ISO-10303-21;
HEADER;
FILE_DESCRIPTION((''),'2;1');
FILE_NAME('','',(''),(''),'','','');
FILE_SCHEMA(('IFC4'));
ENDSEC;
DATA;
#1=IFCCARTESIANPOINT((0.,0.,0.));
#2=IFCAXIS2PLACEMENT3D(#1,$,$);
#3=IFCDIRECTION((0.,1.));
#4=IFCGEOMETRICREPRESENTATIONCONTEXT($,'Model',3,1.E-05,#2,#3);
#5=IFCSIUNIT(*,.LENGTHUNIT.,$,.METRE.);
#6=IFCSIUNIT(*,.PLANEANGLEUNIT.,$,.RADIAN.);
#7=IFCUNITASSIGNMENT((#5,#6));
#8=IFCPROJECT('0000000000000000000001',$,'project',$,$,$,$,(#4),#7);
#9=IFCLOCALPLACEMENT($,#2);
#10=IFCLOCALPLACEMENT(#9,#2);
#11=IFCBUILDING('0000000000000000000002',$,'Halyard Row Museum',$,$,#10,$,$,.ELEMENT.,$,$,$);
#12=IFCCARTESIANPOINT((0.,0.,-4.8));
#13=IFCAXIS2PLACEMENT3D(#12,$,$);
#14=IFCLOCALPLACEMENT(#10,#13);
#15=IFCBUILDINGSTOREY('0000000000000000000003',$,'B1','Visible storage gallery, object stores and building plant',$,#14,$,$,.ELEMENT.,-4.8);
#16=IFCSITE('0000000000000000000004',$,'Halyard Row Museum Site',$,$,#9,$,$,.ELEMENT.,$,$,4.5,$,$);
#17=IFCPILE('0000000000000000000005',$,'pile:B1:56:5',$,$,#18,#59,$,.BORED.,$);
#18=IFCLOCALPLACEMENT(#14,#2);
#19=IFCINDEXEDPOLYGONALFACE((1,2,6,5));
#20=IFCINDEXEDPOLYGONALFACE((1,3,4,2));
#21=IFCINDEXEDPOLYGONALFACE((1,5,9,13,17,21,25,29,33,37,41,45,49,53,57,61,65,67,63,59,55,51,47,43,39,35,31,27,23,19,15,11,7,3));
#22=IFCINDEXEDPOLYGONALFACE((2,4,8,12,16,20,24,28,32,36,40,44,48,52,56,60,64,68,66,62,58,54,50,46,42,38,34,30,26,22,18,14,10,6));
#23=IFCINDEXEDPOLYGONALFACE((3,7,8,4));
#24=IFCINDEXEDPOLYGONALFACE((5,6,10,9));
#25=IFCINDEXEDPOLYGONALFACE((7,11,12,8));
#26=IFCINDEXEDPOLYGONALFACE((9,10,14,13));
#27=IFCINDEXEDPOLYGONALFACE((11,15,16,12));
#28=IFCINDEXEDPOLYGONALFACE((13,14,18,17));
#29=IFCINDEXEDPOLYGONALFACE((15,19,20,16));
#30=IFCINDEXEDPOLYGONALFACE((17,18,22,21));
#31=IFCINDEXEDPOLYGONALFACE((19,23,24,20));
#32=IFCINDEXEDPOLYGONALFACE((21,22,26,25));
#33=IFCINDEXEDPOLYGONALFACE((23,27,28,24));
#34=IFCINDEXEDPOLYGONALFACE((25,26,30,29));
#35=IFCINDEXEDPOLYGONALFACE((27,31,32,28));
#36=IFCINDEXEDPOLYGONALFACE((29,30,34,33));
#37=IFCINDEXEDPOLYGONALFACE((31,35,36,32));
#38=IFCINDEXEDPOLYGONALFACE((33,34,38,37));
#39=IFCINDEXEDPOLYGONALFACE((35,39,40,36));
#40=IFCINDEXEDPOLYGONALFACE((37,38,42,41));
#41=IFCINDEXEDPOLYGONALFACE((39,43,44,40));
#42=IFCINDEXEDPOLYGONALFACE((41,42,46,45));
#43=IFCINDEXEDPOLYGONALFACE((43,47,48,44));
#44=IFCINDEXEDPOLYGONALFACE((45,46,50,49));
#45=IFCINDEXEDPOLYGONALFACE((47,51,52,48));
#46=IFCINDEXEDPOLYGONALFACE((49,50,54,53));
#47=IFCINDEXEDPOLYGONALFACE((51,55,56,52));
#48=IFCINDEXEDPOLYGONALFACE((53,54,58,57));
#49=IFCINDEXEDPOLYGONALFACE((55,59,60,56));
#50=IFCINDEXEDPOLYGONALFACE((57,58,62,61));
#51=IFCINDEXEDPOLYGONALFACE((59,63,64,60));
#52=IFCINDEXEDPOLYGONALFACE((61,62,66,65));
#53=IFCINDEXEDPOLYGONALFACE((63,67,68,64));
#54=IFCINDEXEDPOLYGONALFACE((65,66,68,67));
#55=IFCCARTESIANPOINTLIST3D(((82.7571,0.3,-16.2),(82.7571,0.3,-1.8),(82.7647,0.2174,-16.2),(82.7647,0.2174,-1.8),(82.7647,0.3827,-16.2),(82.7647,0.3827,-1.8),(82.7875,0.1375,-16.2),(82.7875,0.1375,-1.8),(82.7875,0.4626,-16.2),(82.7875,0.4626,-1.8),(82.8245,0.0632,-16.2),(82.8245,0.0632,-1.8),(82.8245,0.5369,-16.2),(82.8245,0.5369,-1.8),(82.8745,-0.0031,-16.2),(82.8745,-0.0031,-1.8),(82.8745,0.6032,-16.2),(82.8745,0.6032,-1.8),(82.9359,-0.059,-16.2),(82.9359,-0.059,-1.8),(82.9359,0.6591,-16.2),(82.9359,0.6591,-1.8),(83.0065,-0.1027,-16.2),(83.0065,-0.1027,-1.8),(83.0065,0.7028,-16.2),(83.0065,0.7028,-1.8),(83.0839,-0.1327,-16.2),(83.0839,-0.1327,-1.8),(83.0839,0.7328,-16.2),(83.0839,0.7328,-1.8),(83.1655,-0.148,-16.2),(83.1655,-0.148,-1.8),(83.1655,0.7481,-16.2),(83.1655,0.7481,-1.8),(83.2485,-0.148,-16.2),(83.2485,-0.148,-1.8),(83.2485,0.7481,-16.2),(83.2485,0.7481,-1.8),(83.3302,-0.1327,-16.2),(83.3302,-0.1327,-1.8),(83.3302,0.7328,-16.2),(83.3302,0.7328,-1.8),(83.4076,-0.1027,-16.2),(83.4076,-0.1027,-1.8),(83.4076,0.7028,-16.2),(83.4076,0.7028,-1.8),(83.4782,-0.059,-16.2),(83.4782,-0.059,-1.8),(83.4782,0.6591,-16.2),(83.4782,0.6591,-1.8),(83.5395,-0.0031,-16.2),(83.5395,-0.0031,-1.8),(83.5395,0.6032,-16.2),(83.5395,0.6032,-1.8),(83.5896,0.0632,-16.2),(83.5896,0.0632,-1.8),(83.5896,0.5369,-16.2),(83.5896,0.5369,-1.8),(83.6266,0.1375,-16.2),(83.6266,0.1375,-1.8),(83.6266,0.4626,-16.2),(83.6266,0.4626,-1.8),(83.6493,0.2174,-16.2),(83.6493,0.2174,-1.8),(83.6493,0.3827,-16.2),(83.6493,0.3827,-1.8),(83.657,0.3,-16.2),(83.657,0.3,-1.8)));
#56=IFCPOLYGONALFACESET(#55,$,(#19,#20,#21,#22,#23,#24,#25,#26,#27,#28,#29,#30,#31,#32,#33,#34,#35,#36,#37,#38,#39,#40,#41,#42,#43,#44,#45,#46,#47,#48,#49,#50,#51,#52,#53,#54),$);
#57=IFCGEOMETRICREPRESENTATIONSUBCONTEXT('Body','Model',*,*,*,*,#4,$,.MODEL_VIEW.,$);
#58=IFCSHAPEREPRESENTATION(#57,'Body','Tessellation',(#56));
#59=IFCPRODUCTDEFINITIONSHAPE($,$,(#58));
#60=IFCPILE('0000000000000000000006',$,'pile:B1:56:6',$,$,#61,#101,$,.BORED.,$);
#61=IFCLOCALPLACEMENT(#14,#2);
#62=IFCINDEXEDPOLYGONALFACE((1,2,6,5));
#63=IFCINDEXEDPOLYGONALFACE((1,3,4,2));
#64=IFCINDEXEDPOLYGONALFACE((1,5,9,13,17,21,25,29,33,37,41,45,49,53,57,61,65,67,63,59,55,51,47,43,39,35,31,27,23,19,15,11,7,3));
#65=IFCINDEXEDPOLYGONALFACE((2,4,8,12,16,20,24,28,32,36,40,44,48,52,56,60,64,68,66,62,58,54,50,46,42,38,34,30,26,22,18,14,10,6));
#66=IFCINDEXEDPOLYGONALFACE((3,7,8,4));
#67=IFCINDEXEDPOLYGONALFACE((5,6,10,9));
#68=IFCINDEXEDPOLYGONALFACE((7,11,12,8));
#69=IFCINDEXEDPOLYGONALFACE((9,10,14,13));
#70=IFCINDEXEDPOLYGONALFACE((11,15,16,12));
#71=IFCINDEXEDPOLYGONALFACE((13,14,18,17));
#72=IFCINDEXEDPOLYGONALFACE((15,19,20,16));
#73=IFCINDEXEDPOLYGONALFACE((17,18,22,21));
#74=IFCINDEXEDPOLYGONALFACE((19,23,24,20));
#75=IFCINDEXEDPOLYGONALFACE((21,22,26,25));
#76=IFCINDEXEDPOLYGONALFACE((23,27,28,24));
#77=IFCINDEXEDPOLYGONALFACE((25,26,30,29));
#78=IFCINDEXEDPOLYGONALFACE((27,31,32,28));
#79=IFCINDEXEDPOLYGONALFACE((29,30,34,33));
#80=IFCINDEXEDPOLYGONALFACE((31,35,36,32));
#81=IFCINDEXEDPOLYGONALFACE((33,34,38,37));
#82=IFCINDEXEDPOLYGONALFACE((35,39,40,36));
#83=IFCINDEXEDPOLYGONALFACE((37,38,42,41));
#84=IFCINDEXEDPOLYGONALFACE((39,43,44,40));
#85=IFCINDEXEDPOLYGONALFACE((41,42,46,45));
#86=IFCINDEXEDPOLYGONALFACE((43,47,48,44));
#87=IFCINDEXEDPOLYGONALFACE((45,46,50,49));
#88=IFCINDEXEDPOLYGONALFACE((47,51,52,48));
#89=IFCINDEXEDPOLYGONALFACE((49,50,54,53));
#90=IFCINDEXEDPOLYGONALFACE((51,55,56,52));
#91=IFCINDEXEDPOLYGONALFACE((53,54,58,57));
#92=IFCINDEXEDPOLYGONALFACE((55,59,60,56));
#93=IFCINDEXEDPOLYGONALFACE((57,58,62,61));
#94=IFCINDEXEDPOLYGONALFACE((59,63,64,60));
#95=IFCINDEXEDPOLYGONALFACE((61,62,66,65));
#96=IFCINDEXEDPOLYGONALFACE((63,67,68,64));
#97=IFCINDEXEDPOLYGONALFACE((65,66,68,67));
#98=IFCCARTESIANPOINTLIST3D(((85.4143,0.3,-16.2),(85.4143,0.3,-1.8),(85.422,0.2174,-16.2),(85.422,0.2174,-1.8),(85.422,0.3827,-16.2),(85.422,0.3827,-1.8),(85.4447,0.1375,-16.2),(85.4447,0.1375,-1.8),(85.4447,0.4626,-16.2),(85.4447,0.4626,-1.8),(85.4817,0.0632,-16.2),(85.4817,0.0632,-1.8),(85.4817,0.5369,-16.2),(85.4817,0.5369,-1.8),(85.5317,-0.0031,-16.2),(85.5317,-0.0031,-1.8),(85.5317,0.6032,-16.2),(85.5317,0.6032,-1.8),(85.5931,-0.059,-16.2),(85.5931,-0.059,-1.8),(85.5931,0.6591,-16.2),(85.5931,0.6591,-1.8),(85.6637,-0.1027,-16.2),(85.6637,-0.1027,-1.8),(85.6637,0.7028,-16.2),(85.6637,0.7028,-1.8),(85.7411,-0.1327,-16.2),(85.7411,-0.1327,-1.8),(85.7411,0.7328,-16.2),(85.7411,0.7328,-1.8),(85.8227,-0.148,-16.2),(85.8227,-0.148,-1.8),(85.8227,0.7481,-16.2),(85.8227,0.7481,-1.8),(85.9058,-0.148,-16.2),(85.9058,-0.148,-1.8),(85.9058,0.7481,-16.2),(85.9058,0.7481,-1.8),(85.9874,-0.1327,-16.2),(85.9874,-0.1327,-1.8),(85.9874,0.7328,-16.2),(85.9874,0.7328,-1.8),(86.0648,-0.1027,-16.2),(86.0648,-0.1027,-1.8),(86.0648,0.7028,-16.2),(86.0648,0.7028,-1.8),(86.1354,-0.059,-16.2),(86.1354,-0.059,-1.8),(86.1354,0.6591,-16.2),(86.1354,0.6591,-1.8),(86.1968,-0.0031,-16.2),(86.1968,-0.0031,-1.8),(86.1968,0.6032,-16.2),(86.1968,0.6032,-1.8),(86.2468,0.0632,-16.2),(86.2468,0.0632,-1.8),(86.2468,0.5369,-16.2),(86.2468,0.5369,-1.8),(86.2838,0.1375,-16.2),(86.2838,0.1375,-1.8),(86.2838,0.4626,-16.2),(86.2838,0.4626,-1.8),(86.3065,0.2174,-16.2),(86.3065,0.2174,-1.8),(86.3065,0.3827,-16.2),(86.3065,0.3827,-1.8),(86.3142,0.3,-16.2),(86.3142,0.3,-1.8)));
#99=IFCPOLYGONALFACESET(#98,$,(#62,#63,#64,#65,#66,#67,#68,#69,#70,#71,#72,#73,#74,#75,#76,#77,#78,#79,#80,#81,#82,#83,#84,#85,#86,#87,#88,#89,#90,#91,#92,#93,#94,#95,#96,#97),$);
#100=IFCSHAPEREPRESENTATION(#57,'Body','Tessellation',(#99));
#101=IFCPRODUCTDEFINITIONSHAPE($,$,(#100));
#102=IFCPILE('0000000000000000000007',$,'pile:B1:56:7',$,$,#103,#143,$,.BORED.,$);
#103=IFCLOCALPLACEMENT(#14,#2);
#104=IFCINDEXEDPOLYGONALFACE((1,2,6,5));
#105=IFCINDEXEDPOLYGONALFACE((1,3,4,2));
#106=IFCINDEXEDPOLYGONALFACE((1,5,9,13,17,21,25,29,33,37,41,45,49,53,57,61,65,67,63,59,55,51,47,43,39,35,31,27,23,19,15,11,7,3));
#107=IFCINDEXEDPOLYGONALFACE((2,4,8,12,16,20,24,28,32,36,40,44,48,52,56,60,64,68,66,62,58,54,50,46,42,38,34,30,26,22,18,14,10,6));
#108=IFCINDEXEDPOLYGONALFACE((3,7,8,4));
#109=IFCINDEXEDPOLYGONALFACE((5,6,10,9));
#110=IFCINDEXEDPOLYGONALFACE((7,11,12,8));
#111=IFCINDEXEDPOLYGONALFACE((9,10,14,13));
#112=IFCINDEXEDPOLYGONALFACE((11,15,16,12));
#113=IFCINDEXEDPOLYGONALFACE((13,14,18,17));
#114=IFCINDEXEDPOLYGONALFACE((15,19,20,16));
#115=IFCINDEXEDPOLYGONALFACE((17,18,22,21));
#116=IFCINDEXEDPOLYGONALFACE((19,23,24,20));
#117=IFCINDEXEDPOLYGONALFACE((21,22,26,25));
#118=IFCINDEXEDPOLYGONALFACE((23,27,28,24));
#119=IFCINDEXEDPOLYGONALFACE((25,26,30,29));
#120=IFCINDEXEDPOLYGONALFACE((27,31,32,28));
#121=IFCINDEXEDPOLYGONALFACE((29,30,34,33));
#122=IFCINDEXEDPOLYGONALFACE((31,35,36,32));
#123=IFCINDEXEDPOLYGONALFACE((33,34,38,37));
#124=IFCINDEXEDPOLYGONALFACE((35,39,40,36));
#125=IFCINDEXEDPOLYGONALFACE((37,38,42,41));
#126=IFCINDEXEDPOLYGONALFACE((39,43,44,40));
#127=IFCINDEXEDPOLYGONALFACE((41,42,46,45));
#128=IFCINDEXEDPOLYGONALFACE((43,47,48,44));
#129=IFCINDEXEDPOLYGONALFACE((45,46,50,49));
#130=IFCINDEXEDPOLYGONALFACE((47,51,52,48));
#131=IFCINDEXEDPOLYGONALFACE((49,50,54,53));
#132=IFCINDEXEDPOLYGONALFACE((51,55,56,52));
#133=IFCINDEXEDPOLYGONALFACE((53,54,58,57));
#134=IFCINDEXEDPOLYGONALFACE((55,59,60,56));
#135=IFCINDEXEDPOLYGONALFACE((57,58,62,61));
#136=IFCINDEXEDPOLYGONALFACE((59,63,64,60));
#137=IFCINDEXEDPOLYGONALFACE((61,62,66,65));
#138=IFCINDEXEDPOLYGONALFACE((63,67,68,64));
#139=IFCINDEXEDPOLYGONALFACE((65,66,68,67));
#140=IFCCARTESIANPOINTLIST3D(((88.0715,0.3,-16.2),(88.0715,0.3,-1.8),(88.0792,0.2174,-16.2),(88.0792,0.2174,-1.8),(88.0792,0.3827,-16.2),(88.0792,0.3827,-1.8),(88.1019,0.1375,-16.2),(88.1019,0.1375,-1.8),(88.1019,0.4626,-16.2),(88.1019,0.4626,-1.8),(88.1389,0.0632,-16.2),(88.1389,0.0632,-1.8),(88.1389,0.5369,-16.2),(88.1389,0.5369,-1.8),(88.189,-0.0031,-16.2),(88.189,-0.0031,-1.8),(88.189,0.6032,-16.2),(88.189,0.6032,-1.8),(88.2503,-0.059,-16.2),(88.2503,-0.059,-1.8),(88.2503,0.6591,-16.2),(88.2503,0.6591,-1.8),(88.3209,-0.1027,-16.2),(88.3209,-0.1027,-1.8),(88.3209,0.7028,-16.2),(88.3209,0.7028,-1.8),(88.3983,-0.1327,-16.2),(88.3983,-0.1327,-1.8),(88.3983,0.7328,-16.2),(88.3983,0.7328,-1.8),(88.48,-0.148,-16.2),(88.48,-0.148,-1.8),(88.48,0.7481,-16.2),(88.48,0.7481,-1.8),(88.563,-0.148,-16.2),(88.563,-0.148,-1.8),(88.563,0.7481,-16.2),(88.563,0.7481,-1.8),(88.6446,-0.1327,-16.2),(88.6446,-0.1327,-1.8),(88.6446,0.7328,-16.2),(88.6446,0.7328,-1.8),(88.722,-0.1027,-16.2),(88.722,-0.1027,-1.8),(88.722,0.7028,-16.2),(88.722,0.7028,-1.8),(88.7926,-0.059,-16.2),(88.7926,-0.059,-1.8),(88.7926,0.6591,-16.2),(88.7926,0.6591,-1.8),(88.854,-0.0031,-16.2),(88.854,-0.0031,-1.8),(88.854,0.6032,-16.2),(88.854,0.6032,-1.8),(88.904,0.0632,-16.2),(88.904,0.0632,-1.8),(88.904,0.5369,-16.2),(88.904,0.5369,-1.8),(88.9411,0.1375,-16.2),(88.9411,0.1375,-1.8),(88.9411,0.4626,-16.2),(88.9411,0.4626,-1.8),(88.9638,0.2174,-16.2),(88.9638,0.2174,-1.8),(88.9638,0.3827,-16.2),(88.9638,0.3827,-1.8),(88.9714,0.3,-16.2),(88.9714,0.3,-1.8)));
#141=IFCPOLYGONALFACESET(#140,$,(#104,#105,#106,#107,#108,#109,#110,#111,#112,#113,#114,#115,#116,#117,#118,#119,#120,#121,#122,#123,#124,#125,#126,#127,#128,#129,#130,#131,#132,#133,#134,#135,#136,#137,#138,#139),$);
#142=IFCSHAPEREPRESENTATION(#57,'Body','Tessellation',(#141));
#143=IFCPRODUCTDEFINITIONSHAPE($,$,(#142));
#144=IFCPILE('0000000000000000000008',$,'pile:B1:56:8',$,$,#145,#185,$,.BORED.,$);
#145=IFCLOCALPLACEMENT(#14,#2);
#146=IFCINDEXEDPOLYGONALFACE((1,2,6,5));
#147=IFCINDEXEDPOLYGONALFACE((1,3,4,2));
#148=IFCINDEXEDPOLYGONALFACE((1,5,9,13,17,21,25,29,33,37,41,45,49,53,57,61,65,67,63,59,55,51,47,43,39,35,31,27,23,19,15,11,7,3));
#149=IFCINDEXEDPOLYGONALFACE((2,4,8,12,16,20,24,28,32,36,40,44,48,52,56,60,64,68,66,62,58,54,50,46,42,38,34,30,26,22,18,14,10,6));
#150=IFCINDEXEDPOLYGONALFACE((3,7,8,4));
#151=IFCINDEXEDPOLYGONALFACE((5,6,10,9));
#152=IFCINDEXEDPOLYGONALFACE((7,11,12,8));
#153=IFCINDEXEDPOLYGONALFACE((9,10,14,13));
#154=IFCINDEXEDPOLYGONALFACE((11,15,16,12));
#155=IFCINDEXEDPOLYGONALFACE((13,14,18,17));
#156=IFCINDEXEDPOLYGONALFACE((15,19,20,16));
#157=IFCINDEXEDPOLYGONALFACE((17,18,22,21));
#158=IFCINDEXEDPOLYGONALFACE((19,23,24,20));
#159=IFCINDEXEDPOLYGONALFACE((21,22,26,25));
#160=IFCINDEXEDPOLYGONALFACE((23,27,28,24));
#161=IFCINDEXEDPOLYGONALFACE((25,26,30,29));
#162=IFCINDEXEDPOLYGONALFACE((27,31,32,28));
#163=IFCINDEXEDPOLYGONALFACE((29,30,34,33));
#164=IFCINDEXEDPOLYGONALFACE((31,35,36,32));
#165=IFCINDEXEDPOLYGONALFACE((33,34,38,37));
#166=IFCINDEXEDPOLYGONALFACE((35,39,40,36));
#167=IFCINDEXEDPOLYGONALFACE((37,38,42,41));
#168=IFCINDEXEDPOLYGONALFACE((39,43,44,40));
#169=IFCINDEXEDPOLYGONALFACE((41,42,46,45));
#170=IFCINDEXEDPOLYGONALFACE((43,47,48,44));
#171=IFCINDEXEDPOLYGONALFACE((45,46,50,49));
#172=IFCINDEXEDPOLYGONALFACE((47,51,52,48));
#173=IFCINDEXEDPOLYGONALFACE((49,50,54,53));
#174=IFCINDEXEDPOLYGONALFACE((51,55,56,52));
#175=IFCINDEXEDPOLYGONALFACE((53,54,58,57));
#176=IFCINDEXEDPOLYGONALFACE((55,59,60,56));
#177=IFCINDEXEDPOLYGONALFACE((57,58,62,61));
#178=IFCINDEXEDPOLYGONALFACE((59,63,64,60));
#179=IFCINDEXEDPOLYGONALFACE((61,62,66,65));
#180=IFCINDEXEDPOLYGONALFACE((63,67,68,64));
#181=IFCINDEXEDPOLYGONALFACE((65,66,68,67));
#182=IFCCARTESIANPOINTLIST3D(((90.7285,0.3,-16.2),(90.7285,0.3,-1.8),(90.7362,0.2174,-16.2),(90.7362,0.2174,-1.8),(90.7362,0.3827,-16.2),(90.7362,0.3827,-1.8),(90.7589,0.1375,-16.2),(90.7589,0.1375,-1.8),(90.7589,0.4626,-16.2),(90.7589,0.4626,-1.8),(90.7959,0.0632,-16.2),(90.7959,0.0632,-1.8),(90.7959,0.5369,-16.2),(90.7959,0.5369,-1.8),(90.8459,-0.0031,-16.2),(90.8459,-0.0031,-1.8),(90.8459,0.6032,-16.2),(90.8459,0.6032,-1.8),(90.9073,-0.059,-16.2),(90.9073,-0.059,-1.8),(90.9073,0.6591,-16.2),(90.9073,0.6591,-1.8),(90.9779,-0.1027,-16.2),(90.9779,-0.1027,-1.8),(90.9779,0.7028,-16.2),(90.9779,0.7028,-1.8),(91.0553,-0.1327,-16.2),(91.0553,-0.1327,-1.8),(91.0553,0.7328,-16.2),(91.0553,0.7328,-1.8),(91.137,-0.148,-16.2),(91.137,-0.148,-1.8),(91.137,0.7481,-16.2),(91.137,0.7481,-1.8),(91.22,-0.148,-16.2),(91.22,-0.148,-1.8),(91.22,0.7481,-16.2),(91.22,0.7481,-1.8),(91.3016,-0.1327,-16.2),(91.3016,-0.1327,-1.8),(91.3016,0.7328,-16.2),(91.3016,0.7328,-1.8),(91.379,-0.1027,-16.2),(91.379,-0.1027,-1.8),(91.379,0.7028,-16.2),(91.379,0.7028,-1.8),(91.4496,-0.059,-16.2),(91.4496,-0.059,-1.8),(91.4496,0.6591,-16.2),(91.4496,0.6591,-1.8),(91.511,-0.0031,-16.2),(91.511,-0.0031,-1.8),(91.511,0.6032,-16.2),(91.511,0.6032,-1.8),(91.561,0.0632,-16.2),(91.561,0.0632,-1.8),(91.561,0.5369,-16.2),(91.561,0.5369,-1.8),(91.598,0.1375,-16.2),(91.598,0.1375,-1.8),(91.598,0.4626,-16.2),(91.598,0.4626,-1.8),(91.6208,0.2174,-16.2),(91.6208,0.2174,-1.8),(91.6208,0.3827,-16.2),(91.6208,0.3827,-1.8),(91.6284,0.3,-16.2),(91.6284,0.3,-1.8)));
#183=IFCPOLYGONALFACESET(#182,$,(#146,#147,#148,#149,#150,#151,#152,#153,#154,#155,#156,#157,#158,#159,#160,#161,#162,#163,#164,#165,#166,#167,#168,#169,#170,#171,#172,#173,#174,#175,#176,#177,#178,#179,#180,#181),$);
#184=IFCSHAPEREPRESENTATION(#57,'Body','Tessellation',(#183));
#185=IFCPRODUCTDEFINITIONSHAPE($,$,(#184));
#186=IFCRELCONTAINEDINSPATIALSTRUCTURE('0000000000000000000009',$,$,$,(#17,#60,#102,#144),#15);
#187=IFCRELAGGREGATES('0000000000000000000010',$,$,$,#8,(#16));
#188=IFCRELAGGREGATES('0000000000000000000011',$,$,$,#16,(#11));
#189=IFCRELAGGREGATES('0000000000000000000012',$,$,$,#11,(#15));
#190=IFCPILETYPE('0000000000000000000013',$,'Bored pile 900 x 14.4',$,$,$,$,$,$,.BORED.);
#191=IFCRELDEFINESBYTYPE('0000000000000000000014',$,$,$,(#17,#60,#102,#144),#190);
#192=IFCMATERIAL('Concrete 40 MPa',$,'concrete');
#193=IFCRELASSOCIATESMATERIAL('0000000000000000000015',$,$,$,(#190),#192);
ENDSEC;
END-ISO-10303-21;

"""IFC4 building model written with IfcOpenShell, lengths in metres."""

from ifc_helpers import new_model, si_unit, direction, frame, origin, origin_2d, place, context, subcontext, project, spatial, circle, extrude, material, material_profile, profile_set, type_object, element, save


model = new_model("IFC4")

# Units and contexts
model_context = context("Model", 3, precision=1e-05, world=origin(), true_north=direction((0.0, 1.0)))
body_context = subcontext(model_context, "Body", "Model", "MODEL_VIEW")
ifc_project = project(units=[si_unit("LENGTHUNIT", "METRE"), si_unit("PLANEANGLEUNIT", "RADIAN")], contexts=[model_context])

# Site, building, storey
site_placement = place(None, origin())
site = spatial("IfcSite", under=ifc_project, at=site_placement, Name="Halyard Row Museum Site", CompositionType="ELEMENT", RefElevation=4.5)
building_placement = place(site_placement, origin())
building = spatial("IfcBuilding", under=site, at=building_placement, Name="Halyard Row Museum", CompositionType="ELEMENT")
storey_placement = place(building_placement, frame((0.0, 0.0, -4.8)))
storey = spatial("IfcBuildingStorey", under=building, at=storey_placement, Name="B1", Description="Visible storage gallery, object stores and building plant", CompositionType="ELEMENT", Elevation=-4.8)

# Piles
ifc_material_1 = material(Name="Concrete 40 MPa", Category="concrete")
ifc_material_profile_1 = material_profile(ifc_material_1, circle(Radius=0.45, at=origin_2d()), Name="Bored pile 900 x 14.4")
ifc_profile_set_1 = profile_set([ifc_material_profile_1], Name="Concrete 40 MPa")
pile_type_1 = type_object("IfcPileType", Name="Bored pile 900 x 14.4", PredefinedType="BORED", material=ifc_profile_set_1)
for number, where, z_axis, x_axis, name in (
    (1, (83.207, 0.3, -1.8), (0.0, 0.0, -1.0), (1.0, 0.0, 0.0), "pile:B1:56:5"),
    (2, (85.8643, 0.3, -1.8), (0.0, 0.0, -1.0), (1.0, 0.0, 0.0), "pile:B1:56:6"),
    (3, (88.5215, 0.3, -1.8), (0.0, 0.0, -1.0), (1.0, 0.0, 0.0), "pile:B1:56:7"),
    (4, (91.1785, 0.3, -1.8), (0.0, 0.0, -1.0), (1.0, 0.0, 0.0), "pile:B1:56:8"),
):
    element("IfcPile", number, at=place(storey_placement, frame(where, z_axis=z_axis, x_axis=x_axis)), inside=storey, type_object=pile_type_1, Name=name, PredefinedType="BORED", context=body_context, shape_type="SweptSolid", body=[
        extrude(circle(Radius=0.45, at=origin_2d()), origin(), (0.0, 0.0, 1.0), 14.3999),
    ])

save(model, "model.ifc")
